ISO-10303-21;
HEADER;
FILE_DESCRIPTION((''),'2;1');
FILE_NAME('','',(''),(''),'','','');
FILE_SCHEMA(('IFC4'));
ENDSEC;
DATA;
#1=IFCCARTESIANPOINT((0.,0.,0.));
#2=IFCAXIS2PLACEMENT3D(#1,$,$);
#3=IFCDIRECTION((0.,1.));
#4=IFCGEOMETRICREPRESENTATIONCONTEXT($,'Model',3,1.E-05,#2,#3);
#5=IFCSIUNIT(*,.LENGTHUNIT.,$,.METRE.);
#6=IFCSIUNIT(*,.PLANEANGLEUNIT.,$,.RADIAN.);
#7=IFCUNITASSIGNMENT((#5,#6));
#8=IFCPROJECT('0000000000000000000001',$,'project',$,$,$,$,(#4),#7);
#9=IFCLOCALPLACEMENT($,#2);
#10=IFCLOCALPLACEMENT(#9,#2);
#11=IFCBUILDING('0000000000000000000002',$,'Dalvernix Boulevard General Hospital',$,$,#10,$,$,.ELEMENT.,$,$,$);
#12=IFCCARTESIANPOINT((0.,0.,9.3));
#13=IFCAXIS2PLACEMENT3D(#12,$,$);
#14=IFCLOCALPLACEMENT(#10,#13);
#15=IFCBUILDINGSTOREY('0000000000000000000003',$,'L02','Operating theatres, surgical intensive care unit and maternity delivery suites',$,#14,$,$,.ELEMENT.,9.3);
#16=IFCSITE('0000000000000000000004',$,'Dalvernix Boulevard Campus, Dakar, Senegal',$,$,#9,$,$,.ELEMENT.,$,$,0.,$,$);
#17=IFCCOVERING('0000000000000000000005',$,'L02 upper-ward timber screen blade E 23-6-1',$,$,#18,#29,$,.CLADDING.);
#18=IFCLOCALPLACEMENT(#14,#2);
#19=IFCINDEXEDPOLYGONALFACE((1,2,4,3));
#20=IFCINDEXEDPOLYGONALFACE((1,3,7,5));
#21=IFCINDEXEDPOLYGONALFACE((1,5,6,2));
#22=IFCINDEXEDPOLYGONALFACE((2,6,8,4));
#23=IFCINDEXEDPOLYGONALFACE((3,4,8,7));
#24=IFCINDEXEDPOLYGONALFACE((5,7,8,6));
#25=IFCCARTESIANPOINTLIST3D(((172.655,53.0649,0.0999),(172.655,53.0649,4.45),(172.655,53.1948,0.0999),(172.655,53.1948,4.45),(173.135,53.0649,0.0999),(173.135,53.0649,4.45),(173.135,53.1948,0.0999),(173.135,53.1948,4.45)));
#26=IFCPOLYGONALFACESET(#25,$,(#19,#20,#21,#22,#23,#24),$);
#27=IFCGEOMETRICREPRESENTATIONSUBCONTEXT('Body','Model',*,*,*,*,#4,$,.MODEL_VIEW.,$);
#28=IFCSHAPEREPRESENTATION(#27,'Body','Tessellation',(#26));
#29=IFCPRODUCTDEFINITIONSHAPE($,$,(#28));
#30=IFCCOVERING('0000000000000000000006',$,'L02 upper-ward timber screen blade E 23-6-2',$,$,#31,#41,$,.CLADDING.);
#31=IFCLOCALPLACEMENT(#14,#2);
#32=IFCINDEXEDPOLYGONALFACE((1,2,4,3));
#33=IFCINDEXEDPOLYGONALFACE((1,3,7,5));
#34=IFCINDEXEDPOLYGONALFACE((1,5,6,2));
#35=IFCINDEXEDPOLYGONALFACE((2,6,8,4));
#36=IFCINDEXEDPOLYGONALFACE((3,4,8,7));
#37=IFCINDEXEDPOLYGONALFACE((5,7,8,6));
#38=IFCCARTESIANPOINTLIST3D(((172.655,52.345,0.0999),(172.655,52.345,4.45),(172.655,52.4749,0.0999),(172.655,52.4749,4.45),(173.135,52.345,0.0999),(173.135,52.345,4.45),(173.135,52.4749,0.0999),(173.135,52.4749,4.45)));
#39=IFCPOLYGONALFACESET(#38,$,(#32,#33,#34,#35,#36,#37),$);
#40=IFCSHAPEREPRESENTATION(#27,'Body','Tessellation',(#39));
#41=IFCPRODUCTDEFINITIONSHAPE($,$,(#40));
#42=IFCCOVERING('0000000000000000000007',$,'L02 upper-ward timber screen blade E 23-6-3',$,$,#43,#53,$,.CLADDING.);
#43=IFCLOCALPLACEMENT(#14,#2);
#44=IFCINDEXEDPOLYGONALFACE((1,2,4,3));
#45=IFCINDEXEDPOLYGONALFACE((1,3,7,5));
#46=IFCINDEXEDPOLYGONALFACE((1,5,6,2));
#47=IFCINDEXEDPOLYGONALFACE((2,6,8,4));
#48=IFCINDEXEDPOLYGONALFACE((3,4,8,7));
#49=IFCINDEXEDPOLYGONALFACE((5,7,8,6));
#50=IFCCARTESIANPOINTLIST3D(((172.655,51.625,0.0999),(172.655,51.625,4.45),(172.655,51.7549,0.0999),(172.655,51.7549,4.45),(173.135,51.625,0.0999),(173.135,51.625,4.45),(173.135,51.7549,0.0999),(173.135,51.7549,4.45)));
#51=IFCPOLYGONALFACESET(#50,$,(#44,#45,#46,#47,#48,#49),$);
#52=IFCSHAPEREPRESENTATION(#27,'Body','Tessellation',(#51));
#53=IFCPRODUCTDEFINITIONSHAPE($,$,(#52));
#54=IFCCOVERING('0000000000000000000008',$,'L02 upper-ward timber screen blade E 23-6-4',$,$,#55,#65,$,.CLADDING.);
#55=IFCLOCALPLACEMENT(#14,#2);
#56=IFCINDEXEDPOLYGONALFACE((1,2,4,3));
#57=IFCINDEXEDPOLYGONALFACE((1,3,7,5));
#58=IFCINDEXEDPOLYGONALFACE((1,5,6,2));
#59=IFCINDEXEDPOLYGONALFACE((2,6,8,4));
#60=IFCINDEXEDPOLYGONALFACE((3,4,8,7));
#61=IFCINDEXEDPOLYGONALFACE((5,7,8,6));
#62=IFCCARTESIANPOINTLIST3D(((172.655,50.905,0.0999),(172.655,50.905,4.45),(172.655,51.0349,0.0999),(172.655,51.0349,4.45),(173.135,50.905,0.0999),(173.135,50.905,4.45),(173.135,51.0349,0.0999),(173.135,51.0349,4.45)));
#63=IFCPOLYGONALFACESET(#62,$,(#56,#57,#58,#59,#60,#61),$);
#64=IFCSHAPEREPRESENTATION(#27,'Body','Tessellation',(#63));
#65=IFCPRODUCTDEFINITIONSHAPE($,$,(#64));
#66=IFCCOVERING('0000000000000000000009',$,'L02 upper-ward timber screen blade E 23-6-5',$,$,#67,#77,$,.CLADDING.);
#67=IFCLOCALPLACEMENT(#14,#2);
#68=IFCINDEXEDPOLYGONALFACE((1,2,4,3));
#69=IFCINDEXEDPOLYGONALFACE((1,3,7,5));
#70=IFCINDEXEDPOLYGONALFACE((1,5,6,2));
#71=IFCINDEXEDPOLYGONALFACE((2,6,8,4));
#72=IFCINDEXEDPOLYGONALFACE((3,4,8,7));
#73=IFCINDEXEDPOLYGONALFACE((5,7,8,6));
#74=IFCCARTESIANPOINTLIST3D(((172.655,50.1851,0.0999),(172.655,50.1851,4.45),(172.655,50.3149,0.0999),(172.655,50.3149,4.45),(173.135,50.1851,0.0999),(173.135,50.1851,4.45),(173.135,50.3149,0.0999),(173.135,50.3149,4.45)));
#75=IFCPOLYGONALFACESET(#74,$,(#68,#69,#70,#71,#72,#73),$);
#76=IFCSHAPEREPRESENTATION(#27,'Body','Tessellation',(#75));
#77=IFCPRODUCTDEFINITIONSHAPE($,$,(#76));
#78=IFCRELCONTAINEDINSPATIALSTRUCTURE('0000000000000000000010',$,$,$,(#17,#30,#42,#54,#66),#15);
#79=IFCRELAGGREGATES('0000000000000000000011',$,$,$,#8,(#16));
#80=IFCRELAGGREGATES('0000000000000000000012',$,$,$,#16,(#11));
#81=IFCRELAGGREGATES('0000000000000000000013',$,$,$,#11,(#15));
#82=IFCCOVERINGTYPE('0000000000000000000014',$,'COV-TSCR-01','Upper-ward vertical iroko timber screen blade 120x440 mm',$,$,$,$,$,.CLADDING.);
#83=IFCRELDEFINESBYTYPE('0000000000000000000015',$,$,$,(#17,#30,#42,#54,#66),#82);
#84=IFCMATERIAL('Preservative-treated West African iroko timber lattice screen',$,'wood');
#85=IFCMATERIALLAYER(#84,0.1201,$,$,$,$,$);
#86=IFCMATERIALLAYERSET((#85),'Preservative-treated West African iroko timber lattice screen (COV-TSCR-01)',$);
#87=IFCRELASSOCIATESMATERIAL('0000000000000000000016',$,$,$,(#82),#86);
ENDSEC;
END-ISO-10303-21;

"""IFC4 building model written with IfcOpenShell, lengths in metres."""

from ifc_helpers import new_model, si_unit, direction, frame, origin, origin_2d, place, context, subcontext, project, spatial, rectangle, extrude, material, layer, layer_set, type_object, element, save


model = new_model("IFC4")

# Units and contexts
model_context = context("Model", 3, precision=1e-05, world=origin(), true_north=direction((0.0, 1.0)))
body_context = subcontext(model_context, "Body", "Model", "MODEL_VIEW")
ifc_project = project(units=[si_unit("LENGTHUNIT", "METRE"), si_unit("PLANEANGLEUNIT", "RADIAN")], contexts=[model_context])

# Site, building, storey
site_placement = place(None, origin())
site = spatial("IfcSite", under=ifc_project, at=site_placement, Name="Dalvernix Boulevard Campus, Dakar, Senegal", CompositionType="ELEMENT", RefElevation=0.0)
building_placement = place(site_placement, origin())
building = spatial("IfcBuilding", under=site, at=building_placement, Name="Dalvernix Boulevard General Hospital", CompositionType="ELEMENT")
storey_placement = place(building_placement, frame((0.0, 0.0, 9.3)))
storey = spatial("IfcBuildingStorey", under=building, at=storey_placement, Name="L02", Description="Operating theatres, surgical intensive care unit and maternity delivery suites", CompositionType="ELEMENT", Elevation=9.3)

# Coverings
ifc_material_1 = material(Name="Preservative-treated West African iroko timber lattice screen", Category="wood")
ifc_layer_1 = layer(ifc_material_1, 0.1201)
ifc_layer_set_1 = layer_set([ifc_layer_1], Name="Preservative-treated West African iroko timber lattice screen (COV-TSCR-01)")
covering_type_1 = type_object("IfcCoveringType", Name="COV-TSCR-01", Description="Upper-ward vertical iroko timber screen blade 120x440 mm", PredefinedType="CLADDING", material=ifc_layer_set_1)
for number, where, z_axis, x_axis, name in (
    (1, (172.895, 53.1299, 0.0999), (0.0, 0.0, 1.0), (0.0, -1.0, 0.0), "L02 upper-ward timber screen blade E 23-6-1"),
    (2, (172.895, 52.4099, 0.0999), (0.0, 0.0, 1.0), (0.0, -1.0, 0.0), "L02 upper-ward timber screen blade E 23-6-2"),
    (3, (172.895, 51.6899, 0.0999), (0.0, 0.0, 1.0), (0.0, -1.0, 0.0), "L02 upper-ward timber screen blade E 23-6-3"),
    (4, (172.895, 50.97, 0.0999), (0.0, 0.0, 1.0), (0.0, -1.0, 0.0), "L02 upper-ward timber screen blade E 23-6-4"),
    (5, (172.895, 50.25, 0.0999), (0.0, 0.0, 1.0), (0.0, -1.0, 0.0), "L02 upper-ward timber screen blade E 23-6-5"),
):
    element("IfcCovering", number, at=place(storey_placement, frame(where, z_axis=z_axis, x_axis=x_axis)), inside=storey, type_object=covering_type_1, Name=name, PredefinedType="CLADDING", context=body_context, shape_type="SweptSolid", body=[
        extrude(rectangle(XDim=0.1299, YDim=0.48, at=origin_2d()), origin(), (0.0, 0.0, 1.0), 4.3501),
    ])

save(model, "model.ifc")
